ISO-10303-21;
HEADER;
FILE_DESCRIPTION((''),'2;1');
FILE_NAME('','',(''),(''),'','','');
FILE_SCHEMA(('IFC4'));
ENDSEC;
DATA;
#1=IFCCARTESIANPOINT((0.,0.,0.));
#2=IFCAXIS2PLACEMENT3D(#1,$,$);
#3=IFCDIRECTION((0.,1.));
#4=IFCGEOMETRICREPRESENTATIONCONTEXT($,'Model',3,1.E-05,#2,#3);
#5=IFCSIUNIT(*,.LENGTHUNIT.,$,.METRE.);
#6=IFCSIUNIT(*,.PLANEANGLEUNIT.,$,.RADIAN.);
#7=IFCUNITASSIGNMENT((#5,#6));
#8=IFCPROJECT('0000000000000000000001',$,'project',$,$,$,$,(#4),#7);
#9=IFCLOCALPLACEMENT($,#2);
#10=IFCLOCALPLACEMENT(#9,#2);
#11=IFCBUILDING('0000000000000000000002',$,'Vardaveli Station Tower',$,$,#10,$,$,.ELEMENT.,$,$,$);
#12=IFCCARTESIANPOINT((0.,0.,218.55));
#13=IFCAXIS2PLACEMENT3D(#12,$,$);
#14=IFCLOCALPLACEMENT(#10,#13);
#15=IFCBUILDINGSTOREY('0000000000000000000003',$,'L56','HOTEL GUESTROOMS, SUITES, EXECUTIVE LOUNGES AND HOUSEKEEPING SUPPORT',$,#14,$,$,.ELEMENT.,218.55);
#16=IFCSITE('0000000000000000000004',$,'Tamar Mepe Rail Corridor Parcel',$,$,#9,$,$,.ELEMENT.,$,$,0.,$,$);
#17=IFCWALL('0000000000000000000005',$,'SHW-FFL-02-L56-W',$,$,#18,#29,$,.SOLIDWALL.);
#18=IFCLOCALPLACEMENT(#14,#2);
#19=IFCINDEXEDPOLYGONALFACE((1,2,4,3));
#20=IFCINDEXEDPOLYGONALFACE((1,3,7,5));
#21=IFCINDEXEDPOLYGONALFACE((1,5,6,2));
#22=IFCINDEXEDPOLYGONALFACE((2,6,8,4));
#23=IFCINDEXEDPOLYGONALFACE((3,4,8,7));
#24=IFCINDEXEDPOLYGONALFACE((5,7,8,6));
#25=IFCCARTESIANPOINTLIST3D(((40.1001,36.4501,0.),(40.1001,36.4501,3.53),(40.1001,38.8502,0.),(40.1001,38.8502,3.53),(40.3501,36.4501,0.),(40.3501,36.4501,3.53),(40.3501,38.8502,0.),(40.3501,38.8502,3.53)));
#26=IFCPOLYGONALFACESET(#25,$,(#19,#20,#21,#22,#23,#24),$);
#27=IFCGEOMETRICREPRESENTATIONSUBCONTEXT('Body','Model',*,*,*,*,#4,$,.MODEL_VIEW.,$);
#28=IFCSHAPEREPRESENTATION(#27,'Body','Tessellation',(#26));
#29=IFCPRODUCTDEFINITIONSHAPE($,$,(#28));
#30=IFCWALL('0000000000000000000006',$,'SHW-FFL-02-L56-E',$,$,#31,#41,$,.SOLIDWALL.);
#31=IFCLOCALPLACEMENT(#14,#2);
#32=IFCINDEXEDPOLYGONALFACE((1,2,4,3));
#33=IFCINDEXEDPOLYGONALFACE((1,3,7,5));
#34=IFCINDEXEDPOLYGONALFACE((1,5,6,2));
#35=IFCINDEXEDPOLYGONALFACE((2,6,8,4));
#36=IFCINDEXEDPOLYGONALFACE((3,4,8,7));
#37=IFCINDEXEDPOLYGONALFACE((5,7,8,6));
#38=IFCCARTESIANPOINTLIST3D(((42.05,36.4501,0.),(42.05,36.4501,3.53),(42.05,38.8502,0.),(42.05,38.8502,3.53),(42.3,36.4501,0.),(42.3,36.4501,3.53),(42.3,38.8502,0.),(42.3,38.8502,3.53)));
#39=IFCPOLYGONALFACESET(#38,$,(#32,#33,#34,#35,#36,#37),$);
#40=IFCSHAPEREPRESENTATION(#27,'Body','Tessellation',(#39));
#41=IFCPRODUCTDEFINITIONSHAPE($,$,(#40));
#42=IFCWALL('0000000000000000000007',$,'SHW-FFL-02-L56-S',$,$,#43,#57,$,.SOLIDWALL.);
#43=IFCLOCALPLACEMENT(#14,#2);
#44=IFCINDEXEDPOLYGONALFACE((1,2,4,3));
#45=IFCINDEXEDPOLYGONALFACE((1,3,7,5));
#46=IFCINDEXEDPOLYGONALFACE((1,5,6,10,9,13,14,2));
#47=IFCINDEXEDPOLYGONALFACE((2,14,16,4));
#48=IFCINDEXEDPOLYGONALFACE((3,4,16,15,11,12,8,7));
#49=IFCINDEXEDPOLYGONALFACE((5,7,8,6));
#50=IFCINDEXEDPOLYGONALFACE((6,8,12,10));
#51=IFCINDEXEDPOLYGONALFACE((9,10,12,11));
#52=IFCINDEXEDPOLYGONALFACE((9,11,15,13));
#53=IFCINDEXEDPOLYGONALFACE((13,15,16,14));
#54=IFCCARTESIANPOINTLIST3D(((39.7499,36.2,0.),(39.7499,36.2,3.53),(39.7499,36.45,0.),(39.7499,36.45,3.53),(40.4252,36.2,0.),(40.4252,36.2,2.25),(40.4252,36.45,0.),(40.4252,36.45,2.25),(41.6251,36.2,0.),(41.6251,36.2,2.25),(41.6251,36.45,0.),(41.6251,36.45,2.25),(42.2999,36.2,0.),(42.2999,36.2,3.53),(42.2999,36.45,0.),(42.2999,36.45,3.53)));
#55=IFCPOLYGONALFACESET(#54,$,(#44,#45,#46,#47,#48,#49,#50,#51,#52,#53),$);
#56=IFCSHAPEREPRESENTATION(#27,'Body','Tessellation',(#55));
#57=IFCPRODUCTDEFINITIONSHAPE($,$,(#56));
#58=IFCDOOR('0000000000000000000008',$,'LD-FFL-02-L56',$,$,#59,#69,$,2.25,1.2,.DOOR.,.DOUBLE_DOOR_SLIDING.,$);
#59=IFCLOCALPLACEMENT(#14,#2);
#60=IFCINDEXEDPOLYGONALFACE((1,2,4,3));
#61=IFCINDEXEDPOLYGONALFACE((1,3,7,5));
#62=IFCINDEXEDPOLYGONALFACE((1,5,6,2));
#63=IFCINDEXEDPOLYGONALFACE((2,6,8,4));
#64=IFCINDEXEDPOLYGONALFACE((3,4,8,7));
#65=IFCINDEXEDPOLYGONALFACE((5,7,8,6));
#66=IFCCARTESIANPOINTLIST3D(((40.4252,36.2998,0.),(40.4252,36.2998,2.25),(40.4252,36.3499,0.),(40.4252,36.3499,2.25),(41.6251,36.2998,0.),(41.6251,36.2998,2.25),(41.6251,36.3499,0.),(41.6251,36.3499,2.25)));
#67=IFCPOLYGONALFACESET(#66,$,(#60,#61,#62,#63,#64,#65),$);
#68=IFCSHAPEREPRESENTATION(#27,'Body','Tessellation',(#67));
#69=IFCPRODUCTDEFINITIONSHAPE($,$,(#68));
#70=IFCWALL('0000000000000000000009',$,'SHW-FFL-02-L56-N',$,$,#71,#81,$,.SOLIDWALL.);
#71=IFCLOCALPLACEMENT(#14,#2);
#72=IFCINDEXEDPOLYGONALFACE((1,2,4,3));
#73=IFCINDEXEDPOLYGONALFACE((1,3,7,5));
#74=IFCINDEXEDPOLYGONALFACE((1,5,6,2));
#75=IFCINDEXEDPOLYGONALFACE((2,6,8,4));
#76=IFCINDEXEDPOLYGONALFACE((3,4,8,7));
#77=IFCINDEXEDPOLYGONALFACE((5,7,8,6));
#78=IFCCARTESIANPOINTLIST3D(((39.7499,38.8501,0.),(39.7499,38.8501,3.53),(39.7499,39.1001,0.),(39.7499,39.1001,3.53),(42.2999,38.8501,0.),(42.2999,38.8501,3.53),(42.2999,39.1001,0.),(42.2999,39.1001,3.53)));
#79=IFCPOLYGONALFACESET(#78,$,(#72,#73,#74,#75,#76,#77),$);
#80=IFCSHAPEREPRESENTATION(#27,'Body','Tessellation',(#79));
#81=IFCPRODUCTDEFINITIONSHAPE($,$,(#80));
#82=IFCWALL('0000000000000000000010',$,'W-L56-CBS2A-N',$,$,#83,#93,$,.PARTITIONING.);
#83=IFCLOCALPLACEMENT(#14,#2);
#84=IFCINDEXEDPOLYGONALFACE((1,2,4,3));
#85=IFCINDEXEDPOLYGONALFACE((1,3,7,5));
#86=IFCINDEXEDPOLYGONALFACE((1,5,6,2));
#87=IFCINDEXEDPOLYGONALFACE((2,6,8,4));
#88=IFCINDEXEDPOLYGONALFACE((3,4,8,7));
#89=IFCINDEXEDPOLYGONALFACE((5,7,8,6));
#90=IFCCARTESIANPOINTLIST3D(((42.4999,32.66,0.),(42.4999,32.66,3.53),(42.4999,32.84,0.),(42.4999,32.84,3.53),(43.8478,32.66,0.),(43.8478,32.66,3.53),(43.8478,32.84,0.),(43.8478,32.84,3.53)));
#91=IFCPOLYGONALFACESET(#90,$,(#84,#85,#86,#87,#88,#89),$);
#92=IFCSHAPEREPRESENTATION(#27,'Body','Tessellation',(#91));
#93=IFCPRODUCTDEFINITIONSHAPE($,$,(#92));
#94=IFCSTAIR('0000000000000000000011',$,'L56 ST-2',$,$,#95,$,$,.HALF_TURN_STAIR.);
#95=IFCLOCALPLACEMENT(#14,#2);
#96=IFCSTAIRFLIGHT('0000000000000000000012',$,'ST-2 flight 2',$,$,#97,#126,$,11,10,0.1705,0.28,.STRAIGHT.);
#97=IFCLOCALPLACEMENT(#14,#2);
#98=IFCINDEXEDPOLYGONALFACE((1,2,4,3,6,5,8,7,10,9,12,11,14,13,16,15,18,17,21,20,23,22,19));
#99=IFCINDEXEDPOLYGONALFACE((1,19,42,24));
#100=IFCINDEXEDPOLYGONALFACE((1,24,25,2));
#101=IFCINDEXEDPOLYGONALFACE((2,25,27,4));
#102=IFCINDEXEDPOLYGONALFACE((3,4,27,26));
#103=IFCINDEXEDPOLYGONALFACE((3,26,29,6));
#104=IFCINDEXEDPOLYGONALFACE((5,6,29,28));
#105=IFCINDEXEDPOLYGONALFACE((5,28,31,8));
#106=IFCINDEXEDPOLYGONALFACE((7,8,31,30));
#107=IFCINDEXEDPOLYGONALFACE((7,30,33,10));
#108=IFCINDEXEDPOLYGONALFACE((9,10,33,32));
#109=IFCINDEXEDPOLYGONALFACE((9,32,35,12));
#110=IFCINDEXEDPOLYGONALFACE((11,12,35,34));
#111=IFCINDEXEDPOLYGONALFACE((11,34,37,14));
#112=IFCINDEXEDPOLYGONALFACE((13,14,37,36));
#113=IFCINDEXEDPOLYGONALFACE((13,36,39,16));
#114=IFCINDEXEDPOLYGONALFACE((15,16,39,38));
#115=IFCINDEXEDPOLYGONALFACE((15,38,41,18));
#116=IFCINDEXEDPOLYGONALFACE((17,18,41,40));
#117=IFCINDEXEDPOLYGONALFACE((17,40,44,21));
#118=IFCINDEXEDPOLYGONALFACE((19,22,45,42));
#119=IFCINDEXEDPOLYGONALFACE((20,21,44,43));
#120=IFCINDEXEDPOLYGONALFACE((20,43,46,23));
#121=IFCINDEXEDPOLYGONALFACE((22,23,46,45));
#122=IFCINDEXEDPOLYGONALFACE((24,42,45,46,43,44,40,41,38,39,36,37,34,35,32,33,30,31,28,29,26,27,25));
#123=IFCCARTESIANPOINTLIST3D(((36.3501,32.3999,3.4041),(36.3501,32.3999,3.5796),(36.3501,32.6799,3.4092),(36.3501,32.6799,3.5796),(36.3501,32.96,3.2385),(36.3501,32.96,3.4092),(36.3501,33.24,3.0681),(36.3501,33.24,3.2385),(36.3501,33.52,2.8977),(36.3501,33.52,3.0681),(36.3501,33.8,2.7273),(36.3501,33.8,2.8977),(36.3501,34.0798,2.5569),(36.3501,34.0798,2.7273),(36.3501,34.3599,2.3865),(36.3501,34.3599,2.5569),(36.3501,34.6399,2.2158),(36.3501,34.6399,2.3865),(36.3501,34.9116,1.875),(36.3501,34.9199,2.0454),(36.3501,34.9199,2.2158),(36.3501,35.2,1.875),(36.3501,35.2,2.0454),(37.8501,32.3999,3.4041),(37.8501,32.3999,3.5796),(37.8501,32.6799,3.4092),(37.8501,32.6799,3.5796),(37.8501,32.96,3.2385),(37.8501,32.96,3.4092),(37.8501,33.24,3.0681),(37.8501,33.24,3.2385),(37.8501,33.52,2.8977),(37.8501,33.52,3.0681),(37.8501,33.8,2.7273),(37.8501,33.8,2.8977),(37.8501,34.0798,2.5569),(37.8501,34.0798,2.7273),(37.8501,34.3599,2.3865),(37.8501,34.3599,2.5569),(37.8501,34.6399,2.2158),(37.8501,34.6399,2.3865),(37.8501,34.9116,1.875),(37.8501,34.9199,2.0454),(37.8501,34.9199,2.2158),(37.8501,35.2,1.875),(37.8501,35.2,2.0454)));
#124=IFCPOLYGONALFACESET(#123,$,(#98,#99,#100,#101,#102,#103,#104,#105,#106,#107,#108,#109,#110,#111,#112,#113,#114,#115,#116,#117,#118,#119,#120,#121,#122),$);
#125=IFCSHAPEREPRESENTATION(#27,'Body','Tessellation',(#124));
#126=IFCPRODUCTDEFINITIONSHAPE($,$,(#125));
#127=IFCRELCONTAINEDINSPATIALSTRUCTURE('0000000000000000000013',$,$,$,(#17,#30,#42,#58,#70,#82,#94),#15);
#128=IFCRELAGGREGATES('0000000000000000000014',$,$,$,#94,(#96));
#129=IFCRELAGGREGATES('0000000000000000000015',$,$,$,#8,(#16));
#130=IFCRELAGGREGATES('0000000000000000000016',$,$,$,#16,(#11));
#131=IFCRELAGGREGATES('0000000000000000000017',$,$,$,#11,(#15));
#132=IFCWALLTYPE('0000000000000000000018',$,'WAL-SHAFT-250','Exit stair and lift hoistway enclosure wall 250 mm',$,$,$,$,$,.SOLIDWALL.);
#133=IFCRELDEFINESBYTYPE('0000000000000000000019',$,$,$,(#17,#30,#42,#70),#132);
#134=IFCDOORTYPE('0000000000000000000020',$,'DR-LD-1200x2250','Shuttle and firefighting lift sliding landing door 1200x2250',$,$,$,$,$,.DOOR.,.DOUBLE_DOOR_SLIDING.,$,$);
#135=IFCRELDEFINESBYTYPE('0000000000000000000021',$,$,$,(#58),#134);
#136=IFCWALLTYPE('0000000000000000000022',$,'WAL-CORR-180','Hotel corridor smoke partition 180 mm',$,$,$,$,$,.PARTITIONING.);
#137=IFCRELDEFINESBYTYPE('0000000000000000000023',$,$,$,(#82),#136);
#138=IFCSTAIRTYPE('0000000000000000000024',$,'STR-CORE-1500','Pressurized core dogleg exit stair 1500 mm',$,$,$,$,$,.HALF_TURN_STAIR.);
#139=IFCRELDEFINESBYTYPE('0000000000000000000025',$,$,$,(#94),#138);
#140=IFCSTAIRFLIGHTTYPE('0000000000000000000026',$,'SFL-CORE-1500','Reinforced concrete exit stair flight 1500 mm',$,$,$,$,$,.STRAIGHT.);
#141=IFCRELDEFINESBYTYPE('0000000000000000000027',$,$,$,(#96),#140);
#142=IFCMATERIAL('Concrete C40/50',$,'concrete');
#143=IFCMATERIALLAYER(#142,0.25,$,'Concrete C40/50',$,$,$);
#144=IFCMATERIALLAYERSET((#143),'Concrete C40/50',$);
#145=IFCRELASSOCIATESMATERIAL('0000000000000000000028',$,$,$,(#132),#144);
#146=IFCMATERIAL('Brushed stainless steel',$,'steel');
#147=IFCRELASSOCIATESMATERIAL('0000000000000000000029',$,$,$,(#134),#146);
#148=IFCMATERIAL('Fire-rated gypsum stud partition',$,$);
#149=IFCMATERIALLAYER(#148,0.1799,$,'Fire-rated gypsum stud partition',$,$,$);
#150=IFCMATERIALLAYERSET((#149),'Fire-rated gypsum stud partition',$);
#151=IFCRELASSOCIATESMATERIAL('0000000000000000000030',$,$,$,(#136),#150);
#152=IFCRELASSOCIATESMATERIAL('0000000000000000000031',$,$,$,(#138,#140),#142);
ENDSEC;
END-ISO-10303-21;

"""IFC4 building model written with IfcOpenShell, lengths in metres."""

from ifc_helpers import new_model, si_unit, direction, frame, frame_2d, origin, place, context, subcontext, project, spatial, polyline, rectangle, outline, extrude, source, transform, mapped, material, layer, layer_set, type_object, element, fill, aggregate, save


model = new_model("IFC4")

# Units and contexts
model_context = context("Model", 3, precision=1e-05, world=origin(), true_north=direction((0.0, 1.0)))
body_context = subcontext(model_context, "Body", "Model", "MODEL_VIEW")
ifc_project = project(units=[si_unit("LENGTHUNIT", "METRE"), si_unit("PLANEANGLEUNIT", "RADIAN")], contexts=[model_context])

# Site, building, storey
site_placement = place(None, origin())
site = spatial("IfcSite", under=ifc_project, at=site_placement, Name="Tamar Mepe Rail Corridor Parcel", CompositionType="ELEMENT", RefElevation=0.0)
building_placement = place(site_placement, origin())
building = spatial("IfcBuilding", under=site, at=building_placement, Name="Vardaveli Station Tower", CompositionType="ELEMENT")
storey_placement = place(building_placement, frame((0.0, 0.0, 218.55)))
storey = spatial("IfcBuildingStorey", under=building, at=storey_placement, Name="L56", Description="HOTEL GUESTROOMS, SUITES, EXECUTIVE LOUNGES AND HOUSEKEEPING SUPPORT", CompositionType="ELEMENT", Elevation=218.55)

# Walls
ifc_material_1 = material(Name="Concrete C40/50", Category="concrete")
ifc_layer_1 = layer(ifc_material_1, 0.25, Name="Concrete C40/50")
ifc_layer_set_1 = layer_set([ifc_layer_1], Name="Concrete C40/50")
wall_type_1 = type_object("IfcWallType", Name="WAL-SHAFT-250", Description="Exit stair and lift hoistway enclosure wall 250 mm", PredefinedType="SOLIDWALL", material=ifc_layer_set_1)
shared_shape_1 = source(origin(), body_context, "Body", "SweptSolid", [
    extrude(rectangle(XDim=2.4001, YDim=0.25, at=frame_2d((1.2002, 0.0))), origin(), (0.0, 0.0, 1.0), 3.53),
])
for number, where, z_axis, x_axis, name in (
    (1, (40.2251, 36.45, 0.0), (0.0, 0.0, 1.0), (0.0, 1.0, 0.0), "SHW-FFL-02-L56-W"),
    (2, (42.175, 36.45, 0.0), (0.0, 0.0, 1.0), (0.0, 1.0, 0.0), "SHW-FFL-02-L56-E"),
):
    element("IfcWall", number, at=place(storey_placement, frame(where, z_axis=z_axis, x_axis=x_axis)), inside=storey, type_object=wall_type_1, Name=name, PredefinedType="SOLIDWALL", context=body_context, shape_type="MappedRepresentation", body=[
        mapped(shared_shape_1, transform((0.0, 0.0, 0.0), scale=1.0)),
    ])

# Wall, opening, door
shared_shape_2 = source(origin(), body_context, "Body", "SweptSolid", [
    extrude(rectangle(XDim=2.55, YDim=0.25, at=frame_2d((1.2749, 0.0))), origin(), (0.0, 0.0, 1.0), 3.53),
])
wall_1_placement = place(storey_placement, frame((39.75, 36.325, 0.0), z_axis=(0.0, 0.0, 1.0), x_axis=(1.0, 0.0, 0.0)))
wall_1 = element("IfcWall", 3, at=wall_1_placement, inside=storey, type_object=wall_type_1, Name="SHW-FFL-02-L56-S", PredefinedType="SOLIDWALL", context=body_context, shape_type="MappedRepresentation", body=[
    mapped(shared_shape_2, transform((0.0, 0.0, 0.0), scale=1.0)),
])
shared_shape_3 = source(origin(), body_context, "Body", "SweptSolid", [
    extrude(rectangle(XDim=1.2, YDim=2.25, at=frame_2d((0.6001, 1.125))), frame((0.0, 0.135, 0.0), z_axis=(0.0, -1.0, 0.0), x_axis=(1.0, 0.0, 0.0)), (0.0, 0.0, 1.0), 0.27),
])
opening_placement = place(wall_1_placement, frame((0.675, 0.0, 0.0)))
opening = element("IfcOpeningElement", 4, at=opening_placement, cuts=wall_1, PredefinedType="OPENING", context=body_context, shape_type="MappedRepresentation", body=[
    mapped(shared_shape_3, transform((0.0, 0.0, 0.0), scale=1.0)),
])
ifc_material_2 = material(Name="Brushed stainless steel", Category="steel")
door_type = type_object("IfcDoorType", Name="DR-LD-1200x2250", Description="Shuttle and firefighting lift sliding landing door 1200x2250", OperationType="DOUBLE_DOOR_SLIDING", PredefinedType="DOOR", material=ifc_material_2)
shared_shape_4 = source(origin(), body_context, "Body", "SweptSolid", [
    extrude(rectangle(XDim=1.2, YDim=2.25, at=frame_2d((0.6001, 1.125))), frame((0.0, 0.0249, 0.0), z_axis=(0.0, -1.0, 0.0), x_axis=(1.0, 0.0, 0.0)), (0.0, 0.0, 1.0), 0.05),
])
door_placement = place(opening_placement, origin())
door = element("IfcDoor", 5, at=door_placement, inside=storey, type_object=door_type, Name="LD-FFL-02-L56", OperationType="DOUBLE_DOOR_SLIDING", OverallHeight=2.25, OverallWidth=1.2, PredefinedType="DOOR", context=body_context, shape_type="MappedRepresentation", body=[
    mapped(shared_shape_4, transform((0.0, 0.0, 0.0), scale=1.0)),
])
fill(opening, door)

# Walls
wall_2_placement = place(storey_placement, frame((39.75, 38.9751, 0.0), z_axis=(0.0, 0.0, 1.0), x_axis=(1.0, 0.0, 0.0)))
element("IfcWall", 6, at=wall_2_placement, inside=storey, type_object=wall_type_1, Name="SHW-FFL-02-L56-N", PredefinedType="SOLIDWALL", context=body_context, shape_type="MappedRepresentation", body=[
    mapped(shared_shape_2, transform((0.0, 0.0, 0.0), scale=1.0)),
])
ifc_material_3 = material(Name="Fire-rated gypsum stud partition")
ifc_layer_2 = layer(ifc_material_3, 0.1799, Name="Fire-rated gypsum stud partition")
ifc_layer_set_2 = layer_set([ifc_layer_2], Name="Fire-rated gypsum stud partition")
wall_type_2 = type_object("IfcWallType", Name="WAL-CORR-180", Description="Hotel corridor smoke partition 180 mm", PredefinedType="PARTITIONING", material=ifc_layer_set_2)
shared_shape_5 = source(origin(), body_context, "Body", "SweptSolid", [
    extrude(rectangle(XDim=1.3479, YDim=0.1799, at=frame_2d((0.6738, 0.0))), origin(), (0.0, 0.0, 1.0), 3.53),
])
wall_3_placement = place(storey_placement, frame((42.5, 32.75, 0.0), z_axis=(0.0, 0.0, 1.0), x_axis=(1.0, 0.0, 0.0)))
element("IfcWall", 7, at=wall_3_placement, inside=storey, type_object=wall_type_2, Name="W-L56-CBS2A-N", PredefinedType="PARTITIONING", context=body_context, shape_type="MappedRepresentation", body=[
    mapped(shared_shape_5, transform((0.0, 0.0, 0.0), scale=1.0)),
])

# Stair, stair flight
stair_type = type_object("IfcStairType", Name="STR-CORE-1500", Description="Pressurized core dogleg exit stair 1500 mm", PredefinedType="HALF_TURN_STAIR", material=ifc_material_1)
stair_placement = place(storey_placement, origin())
stair = element("IfcStair", 8, at=stair_placement, inside=storey, type_object=stair_type, Name="L56 ST-2", PredefinedType="HALF_TURN_STAIR")
stair_flight_type = type_object("IfcStairFlightType", Name="SFL-CORE-1500", Description="Reinforced concrete exit stair flight 1500 mm", PredefinedType="STRAIGHT", material=ifc_material_1)
shared_shape_6 = source(origin(), body_context, "Body", "SweptSolid", [
    extrude(outline(polyline([(0.0, 0.0), (0.0, 0.1704), (0.28, 0.1704), (0.28, 0.3408), (0.5601, 0.3408), (0.5601, 0.5115), (0.8401, 0.5115), (0.8401, 0.6819), (1.1201, 0.6819), (1.1201, 0.8523), (1.3999, 0.8523), (1.3999, 1.0227), (1.6799, 1.0227), (1.6799, 1.1931), (1.96, 1.1931), (1.96, 1.3635), (2.24, 1.3635), (2.24, 1.5342), (2.52, 1.5342), (2.52, 1.7046), (2.8, 1.7046), (2.8, 1.875), (2.8, 1.5291), (0.2883, 0.0), (0.0, 0.0)])), frame((0.0, 0.75, 0.0), z_axis=(0.0, -1.0, 0.0), x_axis=(1.0, 0.0, 0.0)), (0.0, 0.0, 1.0), 1.5),
])
stair_flight_placement = place(storey_placement, frame((37.1001, 35.2, 1.875), z_axis=(0.0, 0.0, 1.0), x_axis=(0.0, -1.0, 0.0)))
stair_flight = element("IfcStairFlight", 9, at=stair_flight_placement, type_object=stair_flight_type, Name="ST-2 flight 2", NumberOfRisers=11, NumberOfTreads=10, PredefinedType="STRAIGHT", RiserHeight=0.1705, TreadLength=0.28, context=body_context, shape_type="MappedRepresentation", body=[
    mapped(shared_shape_6, transform((0.0, 0.0, 0.0), scale=1.0)),
])
aggregate(stair, [stair_flight])

save(model, "model.ifc")
